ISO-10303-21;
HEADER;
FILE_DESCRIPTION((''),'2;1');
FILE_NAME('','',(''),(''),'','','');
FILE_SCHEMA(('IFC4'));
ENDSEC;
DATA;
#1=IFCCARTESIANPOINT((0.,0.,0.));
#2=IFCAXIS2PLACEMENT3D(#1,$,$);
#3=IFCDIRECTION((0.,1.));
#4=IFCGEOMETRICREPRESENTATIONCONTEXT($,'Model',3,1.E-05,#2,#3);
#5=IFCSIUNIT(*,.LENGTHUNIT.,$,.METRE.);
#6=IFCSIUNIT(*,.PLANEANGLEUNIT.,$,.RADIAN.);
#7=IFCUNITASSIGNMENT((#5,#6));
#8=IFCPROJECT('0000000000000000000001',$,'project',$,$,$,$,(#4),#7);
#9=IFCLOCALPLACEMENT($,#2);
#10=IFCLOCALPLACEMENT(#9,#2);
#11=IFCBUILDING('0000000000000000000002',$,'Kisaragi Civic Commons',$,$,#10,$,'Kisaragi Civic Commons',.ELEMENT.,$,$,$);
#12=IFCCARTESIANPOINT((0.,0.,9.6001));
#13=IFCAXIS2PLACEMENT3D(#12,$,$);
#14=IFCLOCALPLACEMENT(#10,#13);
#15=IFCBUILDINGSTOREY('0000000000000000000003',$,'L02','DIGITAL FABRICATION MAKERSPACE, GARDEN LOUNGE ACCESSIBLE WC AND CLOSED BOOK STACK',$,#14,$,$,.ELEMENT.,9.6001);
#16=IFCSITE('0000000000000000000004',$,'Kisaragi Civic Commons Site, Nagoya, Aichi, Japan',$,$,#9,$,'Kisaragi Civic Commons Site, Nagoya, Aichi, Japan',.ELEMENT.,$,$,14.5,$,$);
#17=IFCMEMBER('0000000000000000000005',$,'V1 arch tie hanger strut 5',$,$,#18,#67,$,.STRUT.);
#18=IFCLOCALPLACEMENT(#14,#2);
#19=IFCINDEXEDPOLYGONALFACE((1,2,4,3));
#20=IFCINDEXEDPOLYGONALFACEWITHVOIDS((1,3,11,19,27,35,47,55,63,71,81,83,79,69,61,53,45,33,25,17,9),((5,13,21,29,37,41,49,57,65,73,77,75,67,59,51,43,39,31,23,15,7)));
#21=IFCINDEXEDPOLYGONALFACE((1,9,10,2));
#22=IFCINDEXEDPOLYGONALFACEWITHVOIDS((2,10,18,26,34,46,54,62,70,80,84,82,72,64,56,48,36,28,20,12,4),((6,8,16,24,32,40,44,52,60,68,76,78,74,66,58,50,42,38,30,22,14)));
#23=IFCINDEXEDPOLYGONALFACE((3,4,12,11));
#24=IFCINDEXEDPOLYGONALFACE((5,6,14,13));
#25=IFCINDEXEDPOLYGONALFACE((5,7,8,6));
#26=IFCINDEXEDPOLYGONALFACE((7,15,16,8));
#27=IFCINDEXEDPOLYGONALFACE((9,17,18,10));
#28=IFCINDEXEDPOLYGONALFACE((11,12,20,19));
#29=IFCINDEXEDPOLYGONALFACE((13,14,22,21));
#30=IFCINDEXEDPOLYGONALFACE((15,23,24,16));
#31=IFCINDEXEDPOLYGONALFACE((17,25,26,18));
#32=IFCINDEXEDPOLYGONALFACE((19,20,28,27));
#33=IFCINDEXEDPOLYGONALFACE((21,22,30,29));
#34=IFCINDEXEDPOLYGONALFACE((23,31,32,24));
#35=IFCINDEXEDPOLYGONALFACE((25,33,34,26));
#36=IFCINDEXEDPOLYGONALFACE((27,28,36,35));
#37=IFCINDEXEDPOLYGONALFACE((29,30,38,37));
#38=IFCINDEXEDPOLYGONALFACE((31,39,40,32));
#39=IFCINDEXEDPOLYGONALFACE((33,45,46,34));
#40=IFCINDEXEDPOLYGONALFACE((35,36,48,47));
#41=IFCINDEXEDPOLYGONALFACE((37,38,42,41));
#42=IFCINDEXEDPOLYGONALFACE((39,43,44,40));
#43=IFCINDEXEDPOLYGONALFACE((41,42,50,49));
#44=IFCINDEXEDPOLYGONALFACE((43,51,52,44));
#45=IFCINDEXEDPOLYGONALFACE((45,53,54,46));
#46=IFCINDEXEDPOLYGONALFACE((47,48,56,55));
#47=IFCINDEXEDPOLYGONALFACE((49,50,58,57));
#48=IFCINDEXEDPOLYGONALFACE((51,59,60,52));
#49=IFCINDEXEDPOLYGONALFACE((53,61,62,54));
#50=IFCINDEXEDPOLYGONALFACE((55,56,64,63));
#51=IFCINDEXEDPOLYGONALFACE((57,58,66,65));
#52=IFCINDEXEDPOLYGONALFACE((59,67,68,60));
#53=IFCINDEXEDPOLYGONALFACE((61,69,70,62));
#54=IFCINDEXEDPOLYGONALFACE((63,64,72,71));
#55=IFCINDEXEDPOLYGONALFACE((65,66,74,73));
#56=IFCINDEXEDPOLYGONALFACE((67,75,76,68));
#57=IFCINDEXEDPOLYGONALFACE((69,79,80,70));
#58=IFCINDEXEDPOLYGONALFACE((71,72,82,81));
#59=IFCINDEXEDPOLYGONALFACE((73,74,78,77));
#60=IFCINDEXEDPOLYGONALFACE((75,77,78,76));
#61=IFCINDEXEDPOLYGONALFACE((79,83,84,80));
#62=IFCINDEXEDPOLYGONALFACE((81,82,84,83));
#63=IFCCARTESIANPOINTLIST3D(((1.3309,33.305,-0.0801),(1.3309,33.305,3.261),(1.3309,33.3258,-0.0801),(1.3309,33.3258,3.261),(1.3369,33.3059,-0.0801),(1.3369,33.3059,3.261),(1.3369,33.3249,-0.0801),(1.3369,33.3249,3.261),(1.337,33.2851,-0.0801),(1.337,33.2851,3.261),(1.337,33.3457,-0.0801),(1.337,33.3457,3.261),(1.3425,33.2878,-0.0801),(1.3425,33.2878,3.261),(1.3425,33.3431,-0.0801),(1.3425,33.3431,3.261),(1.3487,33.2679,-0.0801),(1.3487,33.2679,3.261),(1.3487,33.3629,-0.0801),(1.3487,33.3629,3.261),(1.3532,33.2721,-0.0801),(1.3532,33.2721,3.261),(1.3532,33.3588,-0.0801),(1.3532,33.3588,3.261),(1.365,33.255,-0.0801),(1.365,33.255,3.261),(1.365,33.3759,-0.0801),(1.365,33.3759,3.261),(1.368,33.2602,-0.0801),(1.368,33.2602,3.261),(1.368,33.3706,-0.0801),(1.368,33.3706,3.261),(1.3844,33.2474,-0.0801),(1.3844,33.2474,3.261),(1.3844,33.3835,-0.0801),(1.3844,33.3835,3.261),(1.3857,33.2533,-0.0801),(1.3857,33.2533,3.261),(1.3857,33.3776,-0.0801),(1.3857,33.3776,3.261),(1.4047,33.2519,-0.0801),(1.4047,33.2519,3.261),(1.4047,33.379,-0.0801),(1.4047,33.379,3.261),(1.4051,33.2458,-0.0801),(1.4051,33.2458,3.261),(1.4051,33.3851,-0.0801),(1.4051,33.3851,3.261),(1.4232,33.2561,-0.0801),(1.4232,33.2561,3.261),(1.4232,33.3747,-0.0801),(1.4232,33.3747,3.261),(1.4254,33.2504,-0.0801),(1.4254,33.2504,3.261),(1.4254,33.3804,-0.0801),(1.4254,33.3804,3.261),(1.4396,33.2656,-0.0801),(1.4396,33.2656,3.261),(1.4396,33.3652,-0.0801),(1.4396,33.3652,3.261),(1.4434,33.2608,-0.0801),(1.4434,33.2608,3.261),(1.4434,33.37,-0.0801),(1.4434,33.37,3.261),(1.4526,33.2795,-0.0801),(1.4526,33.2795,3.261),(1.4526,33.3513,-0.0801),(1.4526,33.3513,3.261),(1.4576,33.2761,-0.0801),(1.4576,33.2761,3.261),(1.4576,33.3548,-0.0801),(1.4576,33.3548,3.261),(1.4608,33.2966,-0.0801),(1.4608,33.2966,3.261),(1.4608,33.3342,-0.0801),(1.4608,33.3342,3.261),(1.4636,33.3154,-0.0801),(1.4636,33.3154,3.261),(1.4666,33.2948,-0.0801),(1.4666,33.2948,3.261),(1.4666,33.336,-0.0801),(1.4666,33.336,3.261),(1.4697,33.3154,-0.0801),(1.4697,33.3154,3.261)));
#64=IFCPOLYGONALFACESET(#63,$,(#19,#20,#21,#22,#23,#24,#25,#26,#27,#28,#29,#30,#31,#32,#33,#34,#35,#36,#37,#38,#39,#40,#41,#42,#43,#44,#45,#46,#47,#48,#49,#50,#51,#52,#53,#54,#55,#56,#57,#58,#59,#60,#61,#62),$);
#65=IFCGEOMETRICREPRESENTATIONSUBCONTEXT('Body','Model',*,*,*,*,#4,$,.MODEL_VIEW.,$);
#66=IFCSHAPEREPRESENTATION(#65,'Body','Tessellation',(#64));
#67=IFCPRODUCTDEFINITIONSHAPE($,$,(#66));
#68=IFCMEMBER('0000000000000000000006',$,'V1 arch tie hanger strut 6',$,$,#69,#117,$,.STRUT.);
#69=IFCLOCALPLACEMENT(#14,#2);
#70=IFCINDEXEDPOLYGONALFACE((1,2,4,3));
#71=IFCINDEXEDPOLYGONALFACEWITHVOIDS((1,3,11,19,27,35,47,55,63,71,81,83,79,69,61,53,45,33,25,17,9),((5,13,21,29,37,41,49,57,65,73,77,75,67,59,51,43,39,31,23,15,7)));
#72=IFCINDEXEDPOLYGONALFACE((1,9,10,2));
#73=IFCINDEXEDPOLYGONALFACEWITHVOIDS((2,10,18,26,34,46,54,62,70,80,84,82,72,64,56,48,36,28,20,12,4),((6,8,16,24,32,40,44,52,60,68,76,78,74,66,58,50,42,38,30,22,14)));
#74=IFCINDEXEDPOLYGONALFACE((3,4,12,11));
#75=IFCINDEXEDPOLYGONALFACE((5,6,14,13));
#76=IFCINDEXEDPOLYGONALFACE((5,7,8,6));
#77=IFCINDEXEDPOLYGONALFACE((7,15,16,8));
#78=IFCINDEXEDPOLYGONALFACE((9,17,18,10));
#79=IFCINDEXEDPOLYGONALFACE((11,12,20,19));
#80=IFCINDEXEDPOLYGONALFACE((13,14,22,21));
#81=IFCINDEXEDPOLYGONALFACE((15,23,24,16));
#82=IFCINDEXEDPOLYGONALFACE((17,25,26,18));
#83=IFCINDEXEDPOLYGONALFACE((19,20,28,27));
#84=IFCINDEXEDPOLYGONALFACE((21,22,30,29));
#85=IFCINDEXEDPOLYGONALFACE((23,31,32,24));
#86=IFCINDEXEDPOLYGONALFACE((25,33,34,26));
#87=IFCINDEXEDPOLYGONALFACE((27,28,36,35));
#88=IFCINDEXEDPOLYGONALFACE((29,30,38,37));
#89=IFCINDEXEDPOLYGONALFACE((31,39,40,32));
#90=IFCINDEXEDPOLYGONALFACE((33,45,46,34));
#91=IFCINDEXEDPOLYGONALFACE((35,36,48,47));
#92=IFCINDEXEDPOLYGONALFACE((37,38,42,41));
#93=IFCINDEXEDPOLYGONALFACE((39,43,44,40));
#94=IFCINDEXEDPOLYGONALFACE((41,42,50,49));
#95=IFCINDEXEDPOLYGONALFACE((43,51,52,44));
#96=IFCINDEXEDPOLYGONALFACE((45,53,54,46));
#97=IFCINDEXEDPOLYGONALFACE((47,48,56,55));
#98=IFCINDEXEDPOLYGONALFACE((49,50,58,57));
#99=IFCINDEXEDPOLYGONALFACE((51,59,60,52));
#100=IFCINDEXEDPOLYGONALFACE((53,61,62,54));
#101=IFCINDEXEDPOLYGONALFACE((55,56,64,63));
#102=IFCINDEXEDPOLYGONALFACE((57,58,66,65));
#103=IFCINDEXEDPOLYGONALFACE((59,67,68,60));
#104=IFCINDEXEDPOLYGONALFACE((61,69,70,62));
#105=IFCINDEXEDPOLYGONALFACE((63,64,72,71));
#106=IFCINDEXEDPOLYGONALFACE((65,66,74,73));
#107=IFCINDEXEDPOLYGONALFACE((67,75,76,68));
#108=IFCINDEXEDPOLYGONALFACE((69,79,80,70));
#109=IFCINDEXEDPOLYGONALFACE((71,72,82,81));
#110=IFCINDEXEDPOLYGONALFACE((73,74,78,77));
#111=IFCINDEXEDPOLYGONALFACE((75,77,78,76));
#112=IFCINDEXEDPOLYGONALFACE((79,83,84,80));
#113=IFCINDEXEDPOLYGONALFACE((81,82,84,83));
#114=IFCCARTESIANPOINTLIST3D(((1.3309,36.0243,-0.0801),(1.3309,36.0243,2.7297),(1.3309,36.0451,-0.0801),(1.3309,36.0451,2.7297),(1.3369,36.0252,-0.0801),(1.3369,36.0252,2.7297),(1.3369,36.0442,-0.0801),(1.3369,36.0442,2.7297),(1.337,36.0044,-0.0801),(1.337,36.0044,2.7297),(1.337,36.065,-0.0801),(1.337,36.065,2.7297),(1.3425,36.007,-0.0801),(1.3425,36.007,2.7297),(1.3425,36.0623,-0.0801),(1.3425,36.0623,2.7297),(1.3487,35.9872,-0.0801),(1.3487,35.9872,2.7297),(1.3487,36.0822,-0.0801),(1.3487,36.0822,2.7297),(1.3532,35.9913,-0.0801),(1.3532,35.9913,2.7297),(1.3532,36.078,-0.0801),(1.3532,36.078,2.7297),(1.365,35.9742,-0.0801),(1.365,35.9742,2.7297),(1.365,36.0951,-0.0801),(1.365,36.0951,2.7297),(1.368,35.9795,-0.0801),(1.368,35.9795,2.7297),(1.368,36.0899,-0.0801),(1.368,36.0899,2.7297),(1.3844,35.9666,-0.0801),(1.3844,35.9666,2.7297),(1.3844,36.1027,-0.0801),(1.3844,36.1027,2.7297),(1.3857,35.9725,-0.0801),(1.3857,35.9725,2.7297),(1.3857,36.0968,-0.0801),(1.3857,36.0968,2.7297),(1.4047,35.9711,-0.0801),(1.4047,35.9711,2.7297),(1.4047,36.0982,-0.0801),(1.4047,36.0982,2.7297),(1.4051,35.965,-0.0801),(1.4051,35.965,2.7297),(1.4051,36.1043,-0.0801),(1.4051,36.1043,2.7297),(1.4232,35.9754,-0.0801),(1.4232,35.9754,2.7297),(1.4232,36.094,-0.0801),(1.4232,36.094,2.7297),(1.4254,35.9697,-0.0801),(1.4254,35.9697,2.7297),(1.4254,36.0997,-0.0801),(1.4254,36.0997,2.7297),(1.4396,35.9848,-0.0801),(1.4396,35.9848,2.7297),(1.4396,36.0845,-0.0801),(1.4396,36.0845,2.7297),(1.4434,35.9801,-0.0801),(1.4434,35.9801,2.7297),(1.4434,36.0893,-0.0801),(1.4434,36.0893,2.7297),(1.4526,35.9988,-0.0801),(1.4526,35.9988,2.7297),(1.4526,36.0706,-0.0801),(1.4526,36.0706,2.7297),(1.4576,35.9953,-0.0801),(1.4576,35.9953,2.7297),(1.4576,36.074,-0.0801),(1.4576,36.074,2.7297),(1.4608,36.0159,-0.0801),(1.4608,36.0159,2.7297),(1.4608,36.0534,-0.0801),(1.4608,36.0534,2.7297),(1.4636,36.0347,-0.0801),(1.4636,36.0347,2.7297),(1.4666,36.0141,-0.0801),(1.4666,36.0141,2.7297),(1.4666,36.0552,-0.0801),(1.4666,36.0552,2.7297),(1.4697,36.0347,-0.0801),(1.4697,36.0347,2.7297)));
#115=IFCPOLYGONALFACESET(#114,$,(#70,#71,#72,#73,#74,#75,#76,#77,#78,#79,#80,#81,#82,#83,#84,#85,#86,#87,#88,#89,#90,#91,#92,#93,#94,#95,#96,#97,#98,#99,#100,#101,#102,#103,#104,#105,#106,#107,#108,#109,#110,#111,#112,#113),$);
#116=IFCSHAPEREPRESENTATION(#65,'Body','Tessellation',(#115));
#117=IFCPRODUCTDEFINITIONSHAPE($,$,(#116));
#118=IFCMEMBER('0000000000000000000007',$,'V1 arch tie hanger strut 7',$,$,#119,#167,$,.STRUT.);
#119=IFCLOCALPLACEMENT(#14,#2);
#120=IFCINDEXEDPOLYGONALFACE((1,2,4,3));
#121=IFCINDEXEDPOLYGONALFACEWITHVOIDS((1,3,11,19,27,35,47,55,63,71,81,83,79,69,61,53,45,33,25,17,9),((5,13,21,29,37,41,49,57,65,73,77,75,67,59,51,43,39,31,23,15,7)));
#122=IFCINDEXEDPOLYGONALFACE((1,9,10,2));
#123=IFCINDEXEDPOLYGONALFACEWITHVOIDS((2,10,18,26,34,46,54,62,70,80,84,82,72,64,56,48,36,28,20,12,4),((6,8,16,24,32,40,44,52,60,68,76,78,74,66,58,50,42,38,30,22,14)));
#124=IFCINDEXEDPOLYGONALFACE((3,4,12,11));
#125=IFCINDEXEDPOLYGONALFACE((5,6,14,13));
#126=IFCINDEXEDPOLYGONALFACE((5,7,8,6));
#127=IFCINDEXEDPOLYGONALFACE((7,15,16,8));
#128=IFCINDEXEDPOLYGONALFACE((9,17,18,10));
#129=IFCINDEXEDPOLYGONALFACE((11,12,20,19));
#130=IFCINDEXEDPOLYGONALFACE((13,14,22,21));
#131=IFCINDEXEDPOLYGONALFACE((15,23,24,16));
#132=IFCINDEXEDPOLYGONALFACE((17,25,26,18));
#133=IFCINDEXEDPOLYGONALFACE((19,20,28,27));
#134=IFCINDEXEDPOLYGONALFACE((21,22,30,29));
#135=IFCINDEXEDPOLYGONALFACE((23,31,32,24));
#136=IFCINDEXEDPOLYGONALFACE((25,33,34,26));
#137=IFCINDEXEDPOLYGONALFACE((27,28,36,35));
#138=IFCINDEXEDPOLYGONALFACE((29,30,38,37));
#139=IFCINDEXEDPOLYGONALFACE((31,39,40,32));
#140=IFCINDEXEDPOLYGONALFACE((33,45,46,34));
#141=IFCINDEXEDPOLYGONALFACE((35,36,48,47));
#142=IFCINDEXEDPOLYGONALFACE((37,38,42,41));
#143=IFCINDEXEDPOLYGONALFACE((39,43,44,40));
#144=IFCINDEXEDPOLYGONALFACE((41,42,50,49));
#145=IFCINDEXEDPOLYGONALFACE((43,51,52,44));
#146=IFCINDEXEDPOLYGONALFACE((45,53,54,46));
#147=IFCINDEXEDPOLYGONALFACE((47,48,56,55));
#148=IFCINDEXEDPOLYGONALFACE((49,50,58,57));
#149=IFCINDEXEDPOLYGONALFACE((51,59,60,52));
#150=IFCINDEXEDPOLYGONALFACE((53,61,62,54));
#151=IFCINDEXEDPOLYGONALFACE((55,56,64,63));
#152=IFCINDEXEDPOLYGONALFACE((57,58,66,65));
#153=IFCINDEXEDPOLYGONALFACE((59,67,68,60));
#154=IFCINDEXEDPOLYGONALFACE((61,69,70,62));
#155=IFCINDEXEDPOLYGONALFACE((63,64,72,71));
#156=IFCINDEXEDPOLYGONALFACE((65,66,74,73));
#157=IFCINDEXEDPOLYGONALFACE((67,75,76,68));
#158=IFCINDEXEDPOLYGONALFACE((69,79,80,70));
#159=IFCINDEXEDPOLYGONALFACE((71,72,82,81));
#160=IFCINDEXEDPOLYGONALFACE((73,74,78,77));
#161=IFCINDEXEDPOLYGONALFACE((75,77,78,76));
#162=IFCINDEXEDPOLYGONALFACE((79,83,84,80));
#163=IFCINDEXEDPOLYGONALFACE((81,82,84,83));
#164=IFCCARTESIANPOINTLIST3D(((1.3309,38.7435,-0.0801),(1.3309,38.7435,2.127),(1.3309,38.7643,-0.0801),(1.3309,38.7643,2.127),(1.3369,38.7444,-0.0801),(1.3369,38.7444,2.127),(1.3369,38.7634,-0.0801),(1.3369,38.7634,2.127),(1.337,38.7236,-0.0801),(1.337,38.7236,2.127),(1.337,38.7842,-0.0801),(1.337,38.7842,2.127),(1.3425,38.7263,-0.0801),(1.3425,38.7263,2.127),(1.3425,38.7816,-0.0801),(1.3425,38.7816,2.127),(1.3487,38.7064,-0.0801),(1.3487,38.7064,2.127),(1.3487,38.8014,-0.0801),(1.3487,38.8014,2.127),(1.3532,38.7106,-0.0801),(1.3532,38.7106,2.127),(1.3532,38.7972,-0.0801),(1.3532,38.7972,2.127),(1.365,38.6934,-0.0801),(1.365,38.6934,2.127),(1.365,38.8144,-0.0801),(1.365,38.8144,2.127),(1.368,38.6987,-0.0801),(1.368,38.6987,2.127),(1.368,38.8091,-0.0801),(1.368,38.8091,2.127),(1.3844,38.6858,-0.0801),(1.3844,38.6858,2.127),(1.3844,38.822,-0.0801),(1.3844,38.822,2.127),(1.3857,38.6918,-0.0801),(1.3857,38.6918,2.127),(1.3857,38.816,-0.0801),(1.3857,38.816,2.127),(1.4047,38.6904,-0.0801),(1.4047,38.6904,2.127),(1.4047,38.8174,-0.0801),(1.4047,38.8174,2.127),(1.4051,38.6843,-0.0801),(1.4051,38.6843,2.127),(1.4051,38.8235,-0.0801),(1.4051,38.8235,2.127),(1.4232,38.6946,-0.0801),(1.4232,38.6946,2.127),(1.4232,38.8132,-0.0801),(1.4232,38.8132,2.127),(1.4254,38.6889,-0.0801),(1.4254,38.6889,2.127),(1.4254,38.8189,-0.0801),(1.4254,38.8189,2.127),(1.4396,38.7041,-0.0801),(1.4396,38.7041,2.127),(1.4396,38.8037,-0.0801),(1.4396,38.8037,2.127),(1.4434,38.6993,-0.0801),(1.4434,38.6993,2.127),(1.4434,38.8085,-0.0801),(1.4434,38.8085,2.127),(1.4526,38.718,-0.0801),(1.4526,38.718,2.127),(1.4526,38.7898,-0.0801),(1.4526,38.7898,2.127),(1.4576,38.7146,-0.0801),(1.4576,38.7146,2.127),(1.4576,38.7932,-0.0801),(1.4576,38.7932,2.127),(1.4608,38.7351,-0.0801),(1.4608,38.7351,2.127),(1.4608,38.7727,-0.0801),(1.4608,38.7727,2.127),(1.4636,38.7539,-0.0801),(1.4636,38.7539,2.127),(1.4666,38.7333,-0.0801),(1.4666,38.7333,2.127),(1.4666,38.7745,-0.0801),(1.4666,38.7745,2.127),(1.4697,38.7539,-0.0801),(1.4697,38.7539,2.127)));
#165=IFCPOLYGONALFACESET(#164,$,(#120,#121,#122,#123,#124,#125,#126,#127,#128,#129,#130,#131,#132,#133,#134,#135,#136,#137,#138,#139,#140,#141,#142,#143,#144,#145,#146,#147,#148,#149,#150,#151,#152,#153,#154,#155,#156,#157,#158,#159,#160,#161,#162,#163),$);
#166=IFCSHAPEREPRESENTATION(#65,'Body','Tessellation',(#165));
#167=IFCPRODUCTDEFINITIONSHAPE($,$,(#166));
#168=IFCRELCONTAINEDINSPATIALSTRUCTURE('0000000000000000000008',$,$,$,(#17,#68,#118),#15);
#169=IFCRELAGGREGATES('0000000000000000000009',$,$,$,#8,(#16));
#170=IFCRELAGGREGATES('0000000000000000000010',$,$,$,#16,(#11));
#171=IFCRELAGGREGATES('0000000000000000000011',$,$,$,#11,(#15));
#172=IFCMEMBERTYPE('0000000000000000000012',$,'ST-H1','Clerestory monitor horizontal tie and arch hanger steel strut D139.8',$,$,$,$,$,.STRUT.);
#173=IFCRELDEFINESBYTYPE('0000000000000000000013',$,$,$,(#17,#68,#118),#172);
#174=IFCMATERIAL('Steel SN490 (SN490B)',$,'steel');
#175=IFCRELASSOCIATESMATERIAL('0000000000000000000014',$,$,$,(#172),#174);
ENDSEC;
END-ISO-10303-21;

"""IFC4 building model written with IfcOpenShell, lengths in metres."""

from ifc_helpers import new_model, si_unit, direction, frame, origin, origin_2d, place, context, subcontext, project, spatial, hollow_circle, extrude, material, material_profile, profile_set, type_object, element, save


model = new_model("IFC4")

# Units and contexts
model_context = context("Model", 3, precision=1e-05, world=origin(), true_north=direction((0.0, 1.0)))
body_context = subcontext(model_context, "Body", "Model", "MODEL_VIEW")
ifc_project = project(units=[si_unit("LENGTHUNIT", "METRE"), si_unit("PLANEANGLEUNIT", "RADIAN")], contexts=[model_context])

# Site, building, storey
site_placement = place(None, origin())
site = spatial("IfcSite", under=ifc_project, at=site_placement, Name="Kisaragi Civic Commons Site, Nagoya, Aichi, Japan", LongName="Kisaragi Civic Commons Site, Nagoya, Aichi, Japan", CompositionType="ELEMENT", RefElevation=14.5)
building_placement = place(site_placement, origin())
building = spatial("IfcBuilding", under=site, at=building_placement, Name="Kisaragi Civic Commons", LongName="Kisaragi Civic Commons", CompositionType="ELEMENT")
storey_placement = place(building_placement, frame((0.0, 0.0, 9.6001)))
storey = spatial("IfcBuildingStorey", under=building, at=storey_placement, Name="L02", Description="DIGITAL FABRICATION MAKERSPACE, GARDEN LOUNGE ACCESSIBLE WC AND CLOSED BOOK STACK", CompositionType="ELEMENT", Elevation=9.6001)

# Members
ifc_material_1 = material(Name="Steel SN490 (SN490B)", Category="steel")
ifc_material_profile_1 = material_profile(ifc_material_1, hollow_circle(Radius=0.0698, WallThickness=0.0061, at=origin_2d()), Name="CHS-139.8x6.0", Category="steel")
ifc_profile_set_1 = profile_set([ifc_material_profile_1], Name="Steel SN490 (SN490B)")
member_type_1 = type_object("IfcMemberType", Name="ST-H1", Description="Clerestory monitor horizontal tie and arch hanger steel strut D139.8", PredefinedType="STRUT", material=ifc_profile_set_1)
member_1_placement = place(storey_placement, frame((1.3999, 33.3154, -0.0801), z_axis=(0.0, 0.0, 1.0), x_axis=(1.0, 0.0, 0.0)))
element("IfcMember", 1, at=member_1_placement, inside=storey, type_object=member_type_1, Name="V1 arch tie hanger strut 5", PredefinedType="STRUT", context=body_context, shape_type="SweptSolid", body=[
    extrude(hollow_circle(Radius=0.0698, WallThickness=0.0061, at=origin_2d()), origin(), (0.0, 0.0, 1.0), 3.3411),
])
member_2_placement = place(storey_placement, frame((1.3999, 36.0347, -0.0801), z_axis=(0.0, 0.0, 1.0), x_axis=(1.0, 0.0, 0.0)))
element("IfcMember", 2, at=member_2_placement, inside=storey, type_object=member_type_1, Name="V1 arch tie hanger strut 6", PredefinedType="STRUT", context=body_context, shape_type="SweptSolid", body=[
    extrude(hollow_circle(Radius=0.0698, WallThickness=0.0061, at=origin_2d()), origin(), (0.0, 0.0, 1.0), 2.8098),
])
member_3_placement = place(storey_placement, frame((1.3999, 38.7539, -0.0801), z_axis=(0.0, 0.0, 1.0), x_axis=(1.0, 0.0, 0.0)))
element("IfcMember", 3, at=member_3_placement, inside=storey, type_object=member_type_1, Name="V1 arch tie hanger strut 7", PredefinedType="STRUT", context=body_context, shape_type="SweptSolid", body=[
    extrude(hollow_circle(Radius=0.0698, WallThickness=0.0061, at=origin_2d()), origin(), (0.0, 0.0, 1.0), 2.207),
])

save(model, "model.ifc")
